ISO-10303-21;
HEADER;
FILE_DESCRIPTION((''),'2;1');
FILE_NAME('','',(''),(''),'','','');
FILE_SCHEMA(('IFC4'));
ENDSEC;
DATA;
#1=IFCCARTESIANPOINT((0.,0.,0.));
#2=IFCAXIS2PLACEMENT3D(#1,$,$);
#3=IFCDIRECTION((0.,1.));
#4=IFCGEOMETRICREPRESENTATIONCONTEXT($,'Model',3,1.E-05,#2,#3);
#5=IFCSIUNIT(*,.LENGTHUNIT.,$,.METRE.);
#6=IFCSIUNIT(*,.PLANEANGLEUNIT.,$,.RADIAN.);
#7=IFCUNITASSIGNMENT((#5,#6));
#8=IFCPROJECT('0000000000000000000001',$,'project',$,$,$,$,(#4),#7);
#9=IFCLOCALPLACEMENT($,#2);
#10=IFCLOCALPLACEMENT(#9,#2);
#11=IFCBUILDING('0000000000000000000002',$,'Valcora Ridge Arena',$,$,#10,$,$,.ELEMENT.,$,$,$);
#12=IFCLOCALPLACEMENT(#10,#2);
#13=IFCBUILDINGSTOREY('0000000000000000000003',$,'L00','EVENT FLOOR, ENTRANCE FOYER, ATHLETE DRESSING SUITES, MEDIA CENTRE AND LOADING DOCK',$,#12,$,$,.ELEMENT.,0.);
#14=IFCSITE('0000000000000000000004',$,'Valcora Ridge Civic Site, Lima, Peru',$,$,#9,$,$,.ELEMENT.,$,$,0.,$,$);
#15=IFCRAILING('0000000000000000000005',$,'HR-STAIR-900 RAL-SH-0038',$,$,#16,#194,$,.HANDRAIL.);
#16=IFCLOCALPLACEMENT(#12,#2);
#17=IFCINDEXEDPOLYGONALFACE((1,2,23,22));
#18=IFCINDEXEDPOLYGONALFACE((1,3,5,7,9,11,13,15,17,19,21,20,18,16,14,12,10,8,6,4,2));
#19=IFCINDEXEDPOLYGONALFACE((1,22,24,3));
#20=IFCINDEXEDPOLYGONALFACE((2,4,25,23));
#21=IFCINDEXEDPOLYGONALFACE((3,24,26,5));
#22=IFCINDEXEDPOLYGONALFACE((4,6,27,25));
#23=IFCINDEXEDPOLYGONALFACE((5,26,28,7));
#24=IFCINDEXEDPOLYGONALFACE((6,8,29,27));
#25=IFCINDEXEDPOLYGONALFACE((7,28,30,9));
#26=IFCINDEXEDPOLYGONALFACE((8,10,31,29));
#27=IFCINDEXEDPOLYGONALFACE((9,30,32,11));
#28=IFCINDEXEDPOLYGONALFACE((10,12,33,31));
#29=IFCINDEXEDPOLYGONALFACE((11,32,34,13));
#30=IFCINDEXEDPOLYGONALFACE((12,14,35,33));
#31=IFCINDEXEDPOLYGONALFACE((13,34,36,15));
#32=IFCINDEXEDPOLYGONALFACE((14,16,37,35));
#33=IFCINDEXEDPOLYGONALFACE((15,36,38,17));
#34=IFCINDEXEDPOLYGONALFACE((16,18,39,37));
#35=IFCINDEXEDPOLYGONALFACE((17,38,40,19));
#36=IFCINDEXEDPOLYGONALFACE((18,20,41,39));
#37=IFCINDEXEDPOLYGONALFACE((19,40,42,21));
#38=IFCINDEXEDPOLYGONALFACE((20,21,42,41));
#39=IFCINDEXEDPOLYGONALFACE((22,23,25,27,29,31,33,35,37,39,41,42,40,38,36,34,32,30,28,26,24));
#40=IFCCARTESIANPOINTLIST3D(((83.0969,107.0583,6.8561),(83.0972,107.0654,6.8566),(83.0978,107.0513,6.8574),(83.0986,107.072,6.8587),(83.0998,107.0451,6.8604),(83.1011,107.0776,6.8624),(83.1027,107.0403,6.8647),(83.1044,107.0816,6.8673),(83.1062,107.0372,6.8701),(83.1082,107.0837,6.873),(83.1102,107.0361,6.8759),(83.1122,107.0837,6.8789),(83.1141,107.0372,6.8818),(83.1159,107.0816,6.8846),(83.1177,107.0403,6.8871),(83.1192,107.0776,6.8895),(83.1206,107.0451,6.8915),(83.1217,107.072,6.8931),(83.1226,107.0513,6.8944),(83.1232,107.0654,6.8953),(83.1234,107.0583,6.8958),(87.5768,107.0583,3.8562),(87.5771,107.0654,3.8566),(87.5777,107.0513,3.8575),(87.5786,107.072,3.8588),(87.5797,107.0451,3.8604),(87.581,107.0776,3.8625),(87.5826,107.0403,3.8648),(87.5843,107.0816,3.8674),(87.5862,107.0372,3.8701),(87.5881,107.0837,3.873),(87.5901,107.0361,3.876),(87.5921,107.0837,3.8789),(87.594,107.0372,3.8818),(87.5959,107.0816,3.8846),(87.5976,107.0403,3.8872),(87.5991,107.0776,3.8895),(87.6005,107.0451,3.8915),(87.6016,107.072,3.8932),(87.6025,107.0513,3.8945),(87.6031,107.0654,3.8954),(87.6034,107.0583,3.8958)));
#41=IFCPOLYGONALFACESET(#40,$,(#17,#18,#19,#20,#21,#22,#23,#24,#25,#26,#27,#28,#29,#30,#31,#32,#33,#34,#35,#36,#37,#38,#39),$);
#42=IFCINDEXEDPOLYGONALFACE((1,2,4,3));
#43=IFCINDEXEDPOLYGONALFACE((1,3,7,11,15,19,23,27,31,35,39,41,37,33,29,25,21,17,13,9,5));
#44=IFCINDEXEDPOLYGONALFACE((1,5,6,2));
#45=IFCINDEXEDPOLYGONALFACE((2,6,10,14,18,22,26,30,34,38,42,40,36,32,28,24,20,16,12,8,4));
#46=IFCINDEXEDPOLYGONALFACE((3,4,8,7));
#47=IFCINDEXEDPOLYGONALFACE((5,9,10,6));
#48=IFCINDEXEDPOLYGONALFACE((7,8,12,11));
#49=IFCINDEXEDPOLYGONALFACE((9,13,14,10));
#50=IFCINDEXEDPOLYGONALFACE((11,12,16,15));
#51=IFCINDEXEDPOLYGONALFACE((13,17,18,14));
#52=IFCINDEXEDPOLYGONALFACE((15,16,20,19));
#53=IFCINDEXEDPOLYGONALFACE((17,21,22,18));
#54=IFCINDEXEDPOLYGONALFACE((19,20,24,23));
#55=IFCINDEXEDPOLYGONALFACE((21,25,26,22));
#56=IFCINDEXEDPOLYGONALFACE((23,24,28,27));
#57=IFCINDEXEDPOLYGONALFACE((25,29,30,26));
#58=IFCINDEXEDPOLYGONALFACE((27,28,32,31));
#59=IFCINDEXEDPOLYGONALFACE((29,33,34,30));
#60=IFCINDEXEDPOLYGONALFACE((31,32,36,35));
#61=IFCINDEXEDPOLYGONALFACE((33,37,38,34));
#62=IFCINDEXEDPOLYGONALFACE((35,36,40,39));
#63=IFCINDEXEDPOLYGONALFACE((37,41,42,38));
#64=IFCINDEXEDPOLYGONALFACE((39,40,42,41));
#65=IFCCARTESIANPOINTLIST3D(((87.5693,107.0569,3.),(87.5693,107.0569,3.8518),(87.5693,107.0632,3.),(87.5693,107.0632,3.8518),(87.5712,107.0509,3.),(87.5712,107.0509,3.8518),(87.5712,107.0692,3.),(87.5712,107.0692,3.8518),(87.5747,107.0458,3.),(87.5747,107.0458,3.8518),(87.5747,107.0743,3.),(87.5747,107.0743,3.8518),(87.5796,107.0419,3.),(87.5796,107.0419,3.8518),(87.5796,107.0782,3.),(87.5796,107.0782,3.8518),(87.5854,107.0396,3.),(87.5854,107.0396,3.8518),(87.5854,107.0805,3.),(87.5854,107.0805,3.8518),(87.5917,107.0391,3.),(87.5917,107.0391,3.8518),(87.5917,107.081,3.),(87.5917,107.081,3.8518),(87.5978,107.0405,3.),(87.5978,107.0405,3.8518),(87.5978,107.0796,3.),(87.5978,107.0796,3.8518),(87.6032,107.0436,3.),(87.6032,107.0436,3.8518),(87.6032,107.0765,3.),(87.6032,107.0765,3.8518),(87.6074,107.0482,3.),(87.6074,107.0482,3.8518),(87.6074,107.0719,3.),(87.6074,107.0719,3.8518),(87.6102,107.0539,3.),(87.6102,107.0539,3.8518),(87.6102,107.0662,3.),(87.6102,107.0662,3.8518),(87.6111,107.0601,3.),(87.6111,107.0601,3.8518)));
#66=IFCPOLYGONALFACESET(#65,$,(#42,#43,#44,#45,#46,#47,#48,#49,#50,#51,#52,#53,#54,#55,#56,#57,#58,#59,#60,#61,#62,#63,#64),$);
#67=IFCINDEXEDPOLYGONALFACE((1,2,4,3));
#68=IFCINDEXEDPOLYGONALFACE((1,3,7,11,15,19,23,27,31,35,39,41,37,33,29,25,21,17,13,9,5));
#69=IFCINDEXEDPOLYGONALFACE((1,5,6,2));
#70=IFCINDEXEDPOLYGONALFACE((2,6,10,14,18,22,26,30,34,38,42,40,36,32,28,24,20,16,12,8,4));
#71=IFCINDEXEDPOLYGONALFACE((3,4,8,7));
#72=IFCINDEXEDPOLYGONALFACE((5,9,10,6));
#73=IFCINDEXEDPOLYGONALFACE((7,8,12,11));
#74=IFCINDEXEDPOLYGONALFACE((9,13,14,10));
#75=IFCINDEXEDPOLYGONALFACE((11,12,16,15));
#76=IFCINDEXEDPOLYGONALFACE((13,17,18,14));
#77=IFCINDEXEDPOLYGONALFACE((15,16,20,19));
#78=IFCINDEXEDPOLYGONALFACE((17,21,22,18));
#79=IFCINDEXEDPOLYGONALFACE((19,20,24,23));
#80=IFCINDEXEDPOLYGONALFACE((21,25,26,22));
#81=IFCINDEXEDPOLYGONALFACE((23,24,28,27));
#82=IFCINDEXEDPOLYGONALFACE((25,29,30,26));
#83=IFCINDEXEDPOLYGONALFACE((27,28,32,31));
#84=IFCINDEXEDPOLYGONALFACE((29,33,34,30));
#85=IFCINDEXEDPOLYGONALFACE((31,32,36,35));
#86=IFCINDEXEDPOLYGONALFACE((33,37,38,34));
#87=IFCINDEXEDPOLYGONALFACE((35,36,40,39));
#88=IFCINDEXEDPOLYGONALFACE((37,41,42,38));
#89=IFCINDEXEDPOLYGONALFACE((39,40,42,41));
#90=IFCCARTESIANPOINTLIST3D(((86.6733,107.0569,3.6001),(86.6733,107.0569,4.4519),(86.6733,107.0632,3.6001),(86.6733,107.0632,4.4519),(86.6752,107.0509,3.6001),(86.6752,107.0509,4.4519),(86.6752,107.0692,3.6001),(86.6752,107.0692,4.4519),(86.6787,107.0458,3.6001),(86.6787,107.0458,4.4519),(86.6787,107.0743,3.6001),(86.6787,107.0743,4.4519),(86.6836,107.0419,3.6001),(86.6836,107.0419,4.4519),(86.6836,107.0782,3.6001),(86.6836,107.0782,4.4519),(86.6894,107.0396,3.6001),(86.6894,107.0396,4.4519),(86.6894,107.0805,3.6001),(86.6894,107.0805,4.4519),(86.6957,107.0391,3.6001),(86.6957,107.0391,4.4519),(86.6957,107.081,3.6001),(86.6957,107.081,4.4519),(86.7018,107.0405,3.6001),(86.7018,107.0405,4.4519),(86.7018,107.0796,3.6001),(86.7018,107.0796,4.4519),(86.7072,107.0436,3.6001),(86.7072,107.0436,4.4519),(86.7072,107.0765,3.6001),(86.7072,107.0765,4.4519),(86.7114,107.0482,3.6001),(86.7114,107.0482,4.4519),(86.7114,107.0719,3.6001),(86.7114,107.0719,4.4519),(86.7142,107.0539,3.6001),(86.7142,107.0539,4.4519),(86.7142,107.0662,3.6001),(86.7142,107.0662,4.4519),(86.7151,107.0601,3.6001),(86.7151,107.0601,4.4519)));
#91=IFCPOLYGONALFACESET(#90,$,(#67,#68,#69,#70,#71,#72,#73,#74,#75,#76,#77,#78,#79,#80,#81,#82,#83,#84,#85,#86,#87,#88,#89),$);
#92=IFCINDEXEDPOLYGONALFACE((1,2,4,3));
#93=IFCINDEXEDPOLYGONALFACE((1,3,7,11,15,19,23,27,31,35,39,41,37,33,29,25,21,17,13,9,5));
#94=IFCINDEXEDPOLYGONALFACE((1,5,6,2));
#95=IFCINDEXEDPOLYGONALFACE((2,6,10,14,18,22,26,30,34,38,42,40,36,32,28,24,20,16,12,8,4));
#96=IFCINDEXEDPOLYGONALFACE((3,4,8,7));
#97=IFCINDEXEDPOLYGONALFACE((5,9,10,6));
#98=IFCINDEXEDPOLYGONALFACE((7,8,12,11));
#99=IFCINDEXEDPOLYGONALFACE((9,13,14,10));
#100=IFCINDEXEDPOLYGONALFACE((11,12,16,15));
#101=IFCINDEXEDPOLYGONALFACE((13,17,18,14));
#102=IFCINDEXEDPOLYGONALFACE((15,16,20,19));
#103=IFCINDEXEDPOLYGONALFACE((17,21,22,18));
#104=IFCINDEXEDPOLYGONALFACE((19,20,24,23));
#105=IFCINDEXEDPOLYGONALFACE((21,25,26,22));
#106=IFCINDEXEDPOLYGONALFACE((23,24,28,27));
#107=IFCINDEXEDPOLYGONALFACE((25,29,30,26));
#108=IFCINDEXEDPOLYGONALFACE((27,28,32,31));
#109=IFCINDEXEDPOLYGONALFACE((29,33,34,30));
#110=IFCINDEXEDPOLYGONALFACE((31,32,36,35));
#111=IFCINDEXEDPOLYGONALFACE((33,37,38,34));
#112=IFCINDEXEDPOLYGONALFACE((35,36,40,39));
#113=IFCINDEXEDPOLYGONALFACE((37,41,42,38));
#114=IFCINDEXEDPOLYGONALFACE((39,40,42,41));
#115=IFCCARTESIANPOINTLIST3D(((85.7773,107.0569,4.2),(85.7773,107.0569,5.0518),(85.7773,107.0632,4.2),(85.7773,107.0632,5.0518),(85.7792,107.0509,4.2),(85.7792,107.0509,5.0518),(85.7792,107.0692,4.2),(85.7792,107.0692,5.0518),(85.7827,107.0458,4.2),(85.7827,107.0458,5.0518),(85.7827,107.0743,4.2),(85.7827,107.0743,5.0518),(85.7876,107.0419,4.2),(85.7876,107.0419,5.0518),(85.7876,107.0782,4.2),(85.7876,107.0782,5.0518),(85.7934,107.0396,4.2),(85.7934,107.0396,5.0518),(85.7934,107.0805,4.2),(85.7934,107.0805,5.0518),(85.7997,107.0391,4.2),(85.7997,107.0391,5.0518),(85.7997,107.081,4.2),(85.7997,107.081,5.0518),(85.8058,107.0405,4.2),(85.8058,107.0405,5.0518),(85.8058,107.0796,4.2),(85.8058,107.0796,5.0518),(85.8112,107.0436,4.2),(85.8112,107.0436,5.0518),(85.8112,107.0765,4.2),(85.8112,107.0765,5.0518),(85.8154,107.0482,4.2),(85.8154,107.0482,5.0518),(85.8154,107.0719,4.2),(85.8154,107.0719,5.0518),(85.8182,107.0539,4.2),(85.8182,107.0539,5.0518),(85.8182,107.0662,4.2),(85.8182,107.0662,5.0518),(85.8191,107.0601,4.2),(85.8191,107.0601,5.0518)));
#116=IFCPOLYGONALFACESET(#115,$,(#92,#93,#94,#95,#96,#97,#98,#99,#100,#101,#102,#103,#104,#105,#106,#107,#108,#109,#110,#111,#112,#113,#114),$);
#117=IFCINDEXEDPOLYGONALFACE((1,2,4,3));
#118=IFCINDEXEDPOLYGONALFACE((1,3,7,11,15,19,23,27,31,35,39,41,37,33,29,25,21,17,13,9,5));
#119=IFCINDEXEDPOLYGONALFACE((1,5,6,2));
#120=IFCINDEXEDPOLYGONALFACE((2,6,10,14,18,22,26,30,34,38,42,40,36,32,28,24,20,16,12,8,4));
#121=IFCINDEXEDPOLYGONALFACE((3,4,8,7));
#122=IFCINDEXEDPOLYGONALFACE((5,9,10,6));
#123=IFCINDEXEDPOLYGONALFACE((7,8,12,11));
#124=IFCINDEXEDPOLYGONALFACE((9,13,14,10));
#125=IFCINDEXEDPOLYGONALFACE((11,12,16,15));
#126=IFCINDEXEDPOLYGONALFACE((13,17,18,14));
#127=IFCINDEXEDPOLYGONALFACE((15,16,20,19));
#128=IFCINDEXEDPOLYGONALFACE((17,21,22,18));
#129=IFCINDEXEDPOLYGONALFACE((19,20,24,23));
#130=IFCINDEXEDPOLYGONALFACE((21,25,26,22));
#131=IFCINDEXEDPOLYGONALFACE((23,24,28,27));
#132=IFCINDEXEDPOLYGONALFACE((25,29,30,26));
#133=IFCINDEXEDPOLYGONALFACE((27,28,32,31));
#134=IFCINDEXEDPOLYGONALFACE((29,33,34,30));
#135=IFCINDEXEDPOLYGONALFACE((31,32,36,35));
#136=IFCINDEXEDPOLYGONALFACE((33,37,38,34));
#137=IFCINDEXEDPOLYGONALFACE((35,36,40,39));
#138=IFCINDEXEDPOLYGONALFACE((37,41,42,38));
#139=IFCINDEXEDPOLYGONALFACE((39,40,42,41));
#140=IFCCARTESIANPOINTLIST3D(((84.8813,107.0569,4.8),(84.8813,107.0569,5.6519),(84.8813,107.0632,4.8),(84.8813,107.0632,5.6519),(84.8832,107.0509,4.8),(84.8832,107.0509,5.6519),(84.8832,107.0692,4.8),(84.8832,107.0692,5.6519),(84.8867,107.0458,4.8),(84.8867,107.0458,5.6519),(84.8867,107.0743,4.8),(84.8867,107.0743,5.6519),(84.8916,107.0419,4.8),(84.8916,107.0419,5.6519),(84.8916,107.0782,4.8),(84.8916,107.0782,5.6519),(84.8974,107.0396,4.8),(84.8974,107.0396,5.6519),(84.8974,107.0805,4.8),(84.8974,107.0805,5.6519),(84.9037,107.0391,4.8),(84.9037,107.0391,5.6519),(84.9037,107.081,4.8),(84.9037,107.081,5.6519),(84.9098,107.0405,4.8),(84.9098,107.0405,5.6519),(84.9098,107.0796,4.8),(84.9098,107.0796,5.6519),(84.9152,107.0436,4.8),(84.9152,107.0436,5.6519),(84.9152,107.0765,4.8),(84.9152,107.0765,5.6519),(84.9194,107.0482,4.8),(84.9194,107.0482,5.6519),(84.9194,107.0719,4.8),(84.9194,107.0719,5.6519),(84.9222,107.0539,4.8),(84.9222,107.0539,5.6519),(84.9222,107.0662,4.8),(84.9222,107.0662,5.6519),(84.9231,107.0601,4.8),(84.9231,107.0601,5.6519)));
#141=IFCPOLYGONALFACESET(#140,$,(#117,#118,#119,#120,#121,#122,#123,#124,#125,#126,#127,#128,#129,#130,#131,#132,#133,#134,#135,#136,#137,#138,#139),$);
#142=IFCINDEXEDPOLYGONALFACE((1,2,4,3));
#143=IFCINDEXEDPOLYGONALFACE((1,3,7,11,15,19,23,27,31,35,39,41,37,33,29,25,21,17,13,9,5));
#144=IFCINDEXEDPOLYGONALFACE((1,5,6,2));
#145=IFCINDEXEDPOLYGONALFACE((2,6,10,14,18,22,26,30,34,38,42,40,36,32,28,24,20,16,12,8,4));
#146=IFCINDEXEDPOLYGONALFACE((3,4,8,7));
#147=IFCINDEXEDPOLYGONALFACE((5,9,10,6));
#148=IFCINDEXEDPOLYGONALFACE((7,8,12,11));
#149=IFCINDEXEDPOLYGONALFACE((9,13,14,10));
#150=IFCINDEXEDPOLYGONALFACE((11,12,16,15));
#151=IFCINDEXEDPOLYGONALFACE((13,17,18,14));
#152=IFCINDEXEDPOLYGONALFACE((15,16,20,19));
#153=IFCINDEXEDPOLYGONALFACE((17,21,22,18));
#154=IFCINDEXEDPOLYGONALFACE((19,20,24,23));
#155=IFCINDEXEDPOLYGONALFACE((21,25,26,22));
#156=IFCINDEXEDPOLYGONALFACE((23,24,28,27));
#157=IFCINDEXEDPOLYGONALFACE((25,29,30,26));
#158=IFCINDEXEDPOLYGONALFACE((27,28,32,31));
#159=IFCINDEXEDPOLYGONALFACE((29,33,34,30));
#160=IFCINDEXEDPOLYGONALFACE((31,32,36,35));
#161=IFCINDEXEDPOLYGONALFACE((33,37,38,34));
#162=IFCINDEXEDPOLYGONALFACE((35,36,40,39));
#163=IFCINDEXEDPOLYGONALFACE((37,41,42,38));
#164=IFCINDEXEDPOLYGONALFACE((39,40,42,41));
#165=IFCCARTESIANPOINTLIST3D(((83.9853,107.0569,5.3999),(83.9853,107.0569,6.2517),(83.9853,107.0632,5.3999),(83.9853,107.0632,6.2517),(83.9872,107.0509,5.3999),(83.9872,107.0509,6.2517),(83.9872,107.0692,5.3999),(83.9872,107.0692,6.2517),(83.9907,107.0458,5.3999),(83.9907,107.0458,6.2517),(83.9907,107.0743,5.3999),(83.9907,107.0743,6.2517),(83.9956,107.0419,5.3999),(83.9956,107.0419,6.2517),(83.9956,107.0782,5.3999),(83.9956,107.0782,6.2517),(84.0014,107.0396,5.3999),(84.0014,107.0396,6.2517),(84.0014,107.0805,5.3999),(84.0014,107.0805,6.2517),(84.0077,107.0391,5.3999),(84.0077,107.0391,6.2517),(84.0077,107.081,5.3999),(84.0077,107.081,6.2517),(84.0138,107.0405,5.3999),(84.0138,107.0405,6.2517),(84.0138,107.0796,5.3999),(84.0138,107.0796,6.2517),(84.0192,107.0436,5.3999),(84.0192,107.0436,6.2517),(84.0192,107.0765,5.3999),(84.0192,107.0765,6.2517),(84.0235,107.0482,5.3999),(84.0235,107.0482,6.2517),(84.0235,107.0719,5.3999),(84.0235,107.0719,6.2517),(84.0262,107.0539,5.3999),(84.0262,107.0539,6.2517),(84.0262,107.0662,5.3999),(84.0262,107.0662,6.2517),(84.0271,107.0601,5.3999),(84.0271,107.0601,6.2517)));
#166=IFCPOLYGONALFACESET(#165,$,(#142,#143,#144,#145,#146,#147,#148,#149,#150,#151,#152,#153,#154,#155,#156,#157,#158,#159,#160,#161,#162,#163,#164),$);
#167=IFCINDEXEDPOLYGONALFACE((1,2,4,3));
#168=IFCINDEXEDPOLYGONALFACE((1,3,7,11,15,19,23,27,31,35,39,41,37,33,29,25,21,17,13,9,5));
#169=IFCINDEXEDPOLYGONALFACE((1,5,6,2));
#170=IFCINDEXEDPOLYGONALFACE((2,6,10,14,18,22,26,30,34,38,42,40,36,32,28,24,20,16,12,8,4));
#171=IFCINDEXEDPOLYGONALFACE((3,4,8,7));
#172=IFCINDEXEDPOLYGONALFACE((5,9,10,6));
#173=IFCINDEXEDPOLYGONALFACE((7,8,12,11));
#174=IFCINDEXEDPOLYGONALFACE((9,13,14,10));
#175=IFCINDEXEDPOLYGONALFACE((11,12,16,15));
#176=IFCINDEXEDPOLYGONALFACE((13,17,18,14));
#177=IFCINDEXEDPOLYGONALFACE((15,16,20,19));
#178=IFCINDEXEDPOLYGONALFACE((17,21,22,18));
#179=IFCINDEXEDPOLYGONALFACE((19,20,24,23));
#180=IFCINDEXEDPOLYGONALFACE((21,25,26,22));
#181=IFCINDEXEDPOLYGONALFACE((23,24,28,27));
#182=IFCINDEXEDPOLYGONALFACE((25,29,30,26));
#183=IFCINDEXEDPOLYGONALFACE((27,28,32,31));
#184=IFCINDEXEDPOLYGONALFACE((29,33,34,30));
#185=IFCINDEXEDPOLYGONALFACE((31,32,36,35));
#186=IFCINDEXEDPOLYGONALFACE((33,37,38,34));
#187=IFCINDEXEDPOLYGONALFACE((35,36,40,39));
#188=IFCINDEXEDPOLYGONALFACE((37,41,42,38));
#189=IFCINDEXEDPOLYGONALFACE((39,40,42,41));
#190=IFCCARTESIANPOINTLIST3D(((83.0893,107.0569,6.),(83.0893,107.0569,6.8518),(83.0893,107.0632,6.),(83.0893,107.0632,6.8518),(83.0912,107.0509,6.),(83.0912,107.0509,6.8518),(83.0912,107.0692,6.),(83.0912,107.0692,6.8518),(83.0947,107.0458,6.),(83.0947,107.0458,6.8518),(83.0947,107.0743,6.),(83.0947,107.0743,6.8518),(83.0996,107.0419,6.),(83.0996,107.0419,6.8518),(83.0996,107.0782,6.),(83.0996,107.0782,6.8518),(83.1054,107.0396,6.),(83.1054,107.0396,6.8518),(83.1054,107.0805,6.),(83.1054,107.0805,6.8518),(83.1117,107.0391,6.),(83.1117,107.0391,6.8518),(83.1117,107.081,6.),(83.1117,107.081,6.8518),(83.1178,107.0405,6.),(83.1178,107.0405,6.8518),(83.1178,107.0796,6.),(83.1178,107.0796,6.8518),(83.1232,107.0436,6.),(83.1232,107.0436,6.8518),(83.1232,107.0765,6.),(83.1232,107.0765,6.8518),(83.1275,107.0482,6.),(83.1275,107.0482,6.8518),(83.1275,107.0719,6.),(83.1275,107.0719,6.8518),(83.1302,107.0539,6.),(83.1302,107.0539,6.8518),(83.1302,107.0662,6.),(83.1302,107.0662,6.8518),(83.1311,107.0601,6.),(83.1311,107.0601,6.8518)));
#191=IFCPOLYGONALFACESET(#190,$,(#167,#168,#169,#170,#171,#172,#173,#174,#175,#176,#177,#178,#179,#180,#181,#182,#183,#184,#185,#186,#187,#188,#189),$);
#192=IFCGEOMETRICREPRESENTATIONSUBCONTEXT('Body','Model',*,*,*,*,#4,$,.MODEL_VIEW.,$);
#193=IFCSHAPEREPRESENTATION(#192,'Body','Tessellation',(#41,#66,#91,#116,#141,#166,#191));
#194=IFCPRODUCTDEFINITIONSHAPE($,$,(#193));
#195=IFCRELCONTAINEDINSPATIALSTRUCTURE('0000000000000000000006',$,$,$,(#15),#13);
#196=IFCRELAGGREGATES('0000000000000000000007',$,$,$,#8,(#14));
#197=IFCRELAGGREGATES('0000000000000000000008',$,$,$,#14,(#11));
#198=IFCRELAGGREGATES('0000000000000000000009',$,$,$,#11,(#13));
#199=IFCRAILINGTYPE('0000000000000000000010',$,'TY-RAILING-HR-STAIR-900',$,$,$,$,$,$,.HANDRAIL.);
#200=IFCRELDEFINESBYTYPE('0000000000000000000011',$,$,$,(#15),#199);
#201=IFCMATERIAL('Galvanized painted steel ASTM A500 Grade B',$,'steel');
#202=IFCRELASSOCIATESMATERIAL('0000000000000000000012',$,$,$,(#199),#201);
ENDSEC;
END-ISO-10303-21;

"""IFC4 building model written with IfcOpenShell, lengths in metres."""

from ifc_helpers import new_model, si_unit, direction, frame, origin, origin_2d, place, context, subcontext, project, spatial, circle, extrude, material, type_object, element, save


model = new_model("IFC4")

# Units and contexts
model_context = context("Model", 3, precision=1e-05, world=origin(), true_north=direction((0.0, 1.0)))
body_context = subcontext(model_context, "Body", "Model", "MODEL_VIEW")
ifc_project = project(units=[si_unit("LENGTHUNIT", "METRE"), si_unit("PLANEANGLEUNIT", "RADIAN")], contexts=[model_context])

# Site, building, storey
site_placement = place(None, origin())
site = spatial("IfcSite", under=ifc_project, at=site_placement, Name="Valcora Ridge Civic Site, Lima, Peru", CompositionType="ELEMENT", RefElevation=0.0)
building_placement = place(site_placement, origin())
building = spatial("IfcBuilding", under=site, at=building_placement, Name="Valcora Ridge Arena", CompositionType="ELEMENT")
storey_placement = place(building_placement, origin())
storey = spatial("IfcBuildingStorey", under=building, at=storey_placement, Name="L00", Description="EVENT FLOOR, ENTRANCE FOYER, ATHLETE DRESSING SUITES, MEDIA CENTRE AND LOADING DOCK", CompositionType="ELEMENT", Elevation=0.0)

# Railing
ifc_material_1 = material(Name="Galvanized painted steel ASTM A500 Grade B", Category="steel")
railing_type_1 = type_object("IfcRailingType", Name="TY-RAILING-HR-STAIR-900", PredefinedType="HANDRAIL", material=ifc_material_1)
for number, where, name in (
    (1, (87.5901, 107.0601, 3.0), "HR-STAIR-900 RAL-SH-0038"),
):
    element("IfcRailing", number, at=place(storey_placement, frame(where)), inside=storey, type_object=railing_type_1, Name=name, PredefinedType="HANDRAIL", context=body_context, shape_type="SweptSolid", body=[
        extrude(circle(Radius=0.0239, at=origin_2d()), frame((0.0, 0.0, 0.876), z_axis=(-0.830906, 0.0, 0.556413), x_axis=(0.0, -1.0, 0.0)), (0.0, 0.0, 1.0), 5.3916),
        extrude(circle(Radius=0.021, at=origin_2d()), origin(), (0.0, 0.0, 1.0), 0.8518),
        extrude(circle(Radius=0.021, at=origin_2d()), frame((-0.896, 0.0, 0.6001)), (0.0, 0.0, 1.0), 0.8518),
        extrude(circle(Radius=0.021, at=origin_2d()), frame((-1.792, 0.0, 1.2)), (0.0, 0.0, 1.0), 0.8518),
        extrude(circle(Radius=0.021, at=origin_2d()), frame((-2.688, 0.0, 1.8)), (0.0, 0.0, 1.0), 0.8518),
        extrude(circle(Radius=0.021, at=origin_2d()), frame((-3.584, 0.0, 2.3999)), (0.0, 0.0, 1.0), 0.8518),
        extrude(circle(Radius=0.021, at=origin_2d()), frame((-4.48, 0.0, 3.0)), (0.0, 0.0, 1.0), 0.8518),
    ])

save(model, "model.ifc")
